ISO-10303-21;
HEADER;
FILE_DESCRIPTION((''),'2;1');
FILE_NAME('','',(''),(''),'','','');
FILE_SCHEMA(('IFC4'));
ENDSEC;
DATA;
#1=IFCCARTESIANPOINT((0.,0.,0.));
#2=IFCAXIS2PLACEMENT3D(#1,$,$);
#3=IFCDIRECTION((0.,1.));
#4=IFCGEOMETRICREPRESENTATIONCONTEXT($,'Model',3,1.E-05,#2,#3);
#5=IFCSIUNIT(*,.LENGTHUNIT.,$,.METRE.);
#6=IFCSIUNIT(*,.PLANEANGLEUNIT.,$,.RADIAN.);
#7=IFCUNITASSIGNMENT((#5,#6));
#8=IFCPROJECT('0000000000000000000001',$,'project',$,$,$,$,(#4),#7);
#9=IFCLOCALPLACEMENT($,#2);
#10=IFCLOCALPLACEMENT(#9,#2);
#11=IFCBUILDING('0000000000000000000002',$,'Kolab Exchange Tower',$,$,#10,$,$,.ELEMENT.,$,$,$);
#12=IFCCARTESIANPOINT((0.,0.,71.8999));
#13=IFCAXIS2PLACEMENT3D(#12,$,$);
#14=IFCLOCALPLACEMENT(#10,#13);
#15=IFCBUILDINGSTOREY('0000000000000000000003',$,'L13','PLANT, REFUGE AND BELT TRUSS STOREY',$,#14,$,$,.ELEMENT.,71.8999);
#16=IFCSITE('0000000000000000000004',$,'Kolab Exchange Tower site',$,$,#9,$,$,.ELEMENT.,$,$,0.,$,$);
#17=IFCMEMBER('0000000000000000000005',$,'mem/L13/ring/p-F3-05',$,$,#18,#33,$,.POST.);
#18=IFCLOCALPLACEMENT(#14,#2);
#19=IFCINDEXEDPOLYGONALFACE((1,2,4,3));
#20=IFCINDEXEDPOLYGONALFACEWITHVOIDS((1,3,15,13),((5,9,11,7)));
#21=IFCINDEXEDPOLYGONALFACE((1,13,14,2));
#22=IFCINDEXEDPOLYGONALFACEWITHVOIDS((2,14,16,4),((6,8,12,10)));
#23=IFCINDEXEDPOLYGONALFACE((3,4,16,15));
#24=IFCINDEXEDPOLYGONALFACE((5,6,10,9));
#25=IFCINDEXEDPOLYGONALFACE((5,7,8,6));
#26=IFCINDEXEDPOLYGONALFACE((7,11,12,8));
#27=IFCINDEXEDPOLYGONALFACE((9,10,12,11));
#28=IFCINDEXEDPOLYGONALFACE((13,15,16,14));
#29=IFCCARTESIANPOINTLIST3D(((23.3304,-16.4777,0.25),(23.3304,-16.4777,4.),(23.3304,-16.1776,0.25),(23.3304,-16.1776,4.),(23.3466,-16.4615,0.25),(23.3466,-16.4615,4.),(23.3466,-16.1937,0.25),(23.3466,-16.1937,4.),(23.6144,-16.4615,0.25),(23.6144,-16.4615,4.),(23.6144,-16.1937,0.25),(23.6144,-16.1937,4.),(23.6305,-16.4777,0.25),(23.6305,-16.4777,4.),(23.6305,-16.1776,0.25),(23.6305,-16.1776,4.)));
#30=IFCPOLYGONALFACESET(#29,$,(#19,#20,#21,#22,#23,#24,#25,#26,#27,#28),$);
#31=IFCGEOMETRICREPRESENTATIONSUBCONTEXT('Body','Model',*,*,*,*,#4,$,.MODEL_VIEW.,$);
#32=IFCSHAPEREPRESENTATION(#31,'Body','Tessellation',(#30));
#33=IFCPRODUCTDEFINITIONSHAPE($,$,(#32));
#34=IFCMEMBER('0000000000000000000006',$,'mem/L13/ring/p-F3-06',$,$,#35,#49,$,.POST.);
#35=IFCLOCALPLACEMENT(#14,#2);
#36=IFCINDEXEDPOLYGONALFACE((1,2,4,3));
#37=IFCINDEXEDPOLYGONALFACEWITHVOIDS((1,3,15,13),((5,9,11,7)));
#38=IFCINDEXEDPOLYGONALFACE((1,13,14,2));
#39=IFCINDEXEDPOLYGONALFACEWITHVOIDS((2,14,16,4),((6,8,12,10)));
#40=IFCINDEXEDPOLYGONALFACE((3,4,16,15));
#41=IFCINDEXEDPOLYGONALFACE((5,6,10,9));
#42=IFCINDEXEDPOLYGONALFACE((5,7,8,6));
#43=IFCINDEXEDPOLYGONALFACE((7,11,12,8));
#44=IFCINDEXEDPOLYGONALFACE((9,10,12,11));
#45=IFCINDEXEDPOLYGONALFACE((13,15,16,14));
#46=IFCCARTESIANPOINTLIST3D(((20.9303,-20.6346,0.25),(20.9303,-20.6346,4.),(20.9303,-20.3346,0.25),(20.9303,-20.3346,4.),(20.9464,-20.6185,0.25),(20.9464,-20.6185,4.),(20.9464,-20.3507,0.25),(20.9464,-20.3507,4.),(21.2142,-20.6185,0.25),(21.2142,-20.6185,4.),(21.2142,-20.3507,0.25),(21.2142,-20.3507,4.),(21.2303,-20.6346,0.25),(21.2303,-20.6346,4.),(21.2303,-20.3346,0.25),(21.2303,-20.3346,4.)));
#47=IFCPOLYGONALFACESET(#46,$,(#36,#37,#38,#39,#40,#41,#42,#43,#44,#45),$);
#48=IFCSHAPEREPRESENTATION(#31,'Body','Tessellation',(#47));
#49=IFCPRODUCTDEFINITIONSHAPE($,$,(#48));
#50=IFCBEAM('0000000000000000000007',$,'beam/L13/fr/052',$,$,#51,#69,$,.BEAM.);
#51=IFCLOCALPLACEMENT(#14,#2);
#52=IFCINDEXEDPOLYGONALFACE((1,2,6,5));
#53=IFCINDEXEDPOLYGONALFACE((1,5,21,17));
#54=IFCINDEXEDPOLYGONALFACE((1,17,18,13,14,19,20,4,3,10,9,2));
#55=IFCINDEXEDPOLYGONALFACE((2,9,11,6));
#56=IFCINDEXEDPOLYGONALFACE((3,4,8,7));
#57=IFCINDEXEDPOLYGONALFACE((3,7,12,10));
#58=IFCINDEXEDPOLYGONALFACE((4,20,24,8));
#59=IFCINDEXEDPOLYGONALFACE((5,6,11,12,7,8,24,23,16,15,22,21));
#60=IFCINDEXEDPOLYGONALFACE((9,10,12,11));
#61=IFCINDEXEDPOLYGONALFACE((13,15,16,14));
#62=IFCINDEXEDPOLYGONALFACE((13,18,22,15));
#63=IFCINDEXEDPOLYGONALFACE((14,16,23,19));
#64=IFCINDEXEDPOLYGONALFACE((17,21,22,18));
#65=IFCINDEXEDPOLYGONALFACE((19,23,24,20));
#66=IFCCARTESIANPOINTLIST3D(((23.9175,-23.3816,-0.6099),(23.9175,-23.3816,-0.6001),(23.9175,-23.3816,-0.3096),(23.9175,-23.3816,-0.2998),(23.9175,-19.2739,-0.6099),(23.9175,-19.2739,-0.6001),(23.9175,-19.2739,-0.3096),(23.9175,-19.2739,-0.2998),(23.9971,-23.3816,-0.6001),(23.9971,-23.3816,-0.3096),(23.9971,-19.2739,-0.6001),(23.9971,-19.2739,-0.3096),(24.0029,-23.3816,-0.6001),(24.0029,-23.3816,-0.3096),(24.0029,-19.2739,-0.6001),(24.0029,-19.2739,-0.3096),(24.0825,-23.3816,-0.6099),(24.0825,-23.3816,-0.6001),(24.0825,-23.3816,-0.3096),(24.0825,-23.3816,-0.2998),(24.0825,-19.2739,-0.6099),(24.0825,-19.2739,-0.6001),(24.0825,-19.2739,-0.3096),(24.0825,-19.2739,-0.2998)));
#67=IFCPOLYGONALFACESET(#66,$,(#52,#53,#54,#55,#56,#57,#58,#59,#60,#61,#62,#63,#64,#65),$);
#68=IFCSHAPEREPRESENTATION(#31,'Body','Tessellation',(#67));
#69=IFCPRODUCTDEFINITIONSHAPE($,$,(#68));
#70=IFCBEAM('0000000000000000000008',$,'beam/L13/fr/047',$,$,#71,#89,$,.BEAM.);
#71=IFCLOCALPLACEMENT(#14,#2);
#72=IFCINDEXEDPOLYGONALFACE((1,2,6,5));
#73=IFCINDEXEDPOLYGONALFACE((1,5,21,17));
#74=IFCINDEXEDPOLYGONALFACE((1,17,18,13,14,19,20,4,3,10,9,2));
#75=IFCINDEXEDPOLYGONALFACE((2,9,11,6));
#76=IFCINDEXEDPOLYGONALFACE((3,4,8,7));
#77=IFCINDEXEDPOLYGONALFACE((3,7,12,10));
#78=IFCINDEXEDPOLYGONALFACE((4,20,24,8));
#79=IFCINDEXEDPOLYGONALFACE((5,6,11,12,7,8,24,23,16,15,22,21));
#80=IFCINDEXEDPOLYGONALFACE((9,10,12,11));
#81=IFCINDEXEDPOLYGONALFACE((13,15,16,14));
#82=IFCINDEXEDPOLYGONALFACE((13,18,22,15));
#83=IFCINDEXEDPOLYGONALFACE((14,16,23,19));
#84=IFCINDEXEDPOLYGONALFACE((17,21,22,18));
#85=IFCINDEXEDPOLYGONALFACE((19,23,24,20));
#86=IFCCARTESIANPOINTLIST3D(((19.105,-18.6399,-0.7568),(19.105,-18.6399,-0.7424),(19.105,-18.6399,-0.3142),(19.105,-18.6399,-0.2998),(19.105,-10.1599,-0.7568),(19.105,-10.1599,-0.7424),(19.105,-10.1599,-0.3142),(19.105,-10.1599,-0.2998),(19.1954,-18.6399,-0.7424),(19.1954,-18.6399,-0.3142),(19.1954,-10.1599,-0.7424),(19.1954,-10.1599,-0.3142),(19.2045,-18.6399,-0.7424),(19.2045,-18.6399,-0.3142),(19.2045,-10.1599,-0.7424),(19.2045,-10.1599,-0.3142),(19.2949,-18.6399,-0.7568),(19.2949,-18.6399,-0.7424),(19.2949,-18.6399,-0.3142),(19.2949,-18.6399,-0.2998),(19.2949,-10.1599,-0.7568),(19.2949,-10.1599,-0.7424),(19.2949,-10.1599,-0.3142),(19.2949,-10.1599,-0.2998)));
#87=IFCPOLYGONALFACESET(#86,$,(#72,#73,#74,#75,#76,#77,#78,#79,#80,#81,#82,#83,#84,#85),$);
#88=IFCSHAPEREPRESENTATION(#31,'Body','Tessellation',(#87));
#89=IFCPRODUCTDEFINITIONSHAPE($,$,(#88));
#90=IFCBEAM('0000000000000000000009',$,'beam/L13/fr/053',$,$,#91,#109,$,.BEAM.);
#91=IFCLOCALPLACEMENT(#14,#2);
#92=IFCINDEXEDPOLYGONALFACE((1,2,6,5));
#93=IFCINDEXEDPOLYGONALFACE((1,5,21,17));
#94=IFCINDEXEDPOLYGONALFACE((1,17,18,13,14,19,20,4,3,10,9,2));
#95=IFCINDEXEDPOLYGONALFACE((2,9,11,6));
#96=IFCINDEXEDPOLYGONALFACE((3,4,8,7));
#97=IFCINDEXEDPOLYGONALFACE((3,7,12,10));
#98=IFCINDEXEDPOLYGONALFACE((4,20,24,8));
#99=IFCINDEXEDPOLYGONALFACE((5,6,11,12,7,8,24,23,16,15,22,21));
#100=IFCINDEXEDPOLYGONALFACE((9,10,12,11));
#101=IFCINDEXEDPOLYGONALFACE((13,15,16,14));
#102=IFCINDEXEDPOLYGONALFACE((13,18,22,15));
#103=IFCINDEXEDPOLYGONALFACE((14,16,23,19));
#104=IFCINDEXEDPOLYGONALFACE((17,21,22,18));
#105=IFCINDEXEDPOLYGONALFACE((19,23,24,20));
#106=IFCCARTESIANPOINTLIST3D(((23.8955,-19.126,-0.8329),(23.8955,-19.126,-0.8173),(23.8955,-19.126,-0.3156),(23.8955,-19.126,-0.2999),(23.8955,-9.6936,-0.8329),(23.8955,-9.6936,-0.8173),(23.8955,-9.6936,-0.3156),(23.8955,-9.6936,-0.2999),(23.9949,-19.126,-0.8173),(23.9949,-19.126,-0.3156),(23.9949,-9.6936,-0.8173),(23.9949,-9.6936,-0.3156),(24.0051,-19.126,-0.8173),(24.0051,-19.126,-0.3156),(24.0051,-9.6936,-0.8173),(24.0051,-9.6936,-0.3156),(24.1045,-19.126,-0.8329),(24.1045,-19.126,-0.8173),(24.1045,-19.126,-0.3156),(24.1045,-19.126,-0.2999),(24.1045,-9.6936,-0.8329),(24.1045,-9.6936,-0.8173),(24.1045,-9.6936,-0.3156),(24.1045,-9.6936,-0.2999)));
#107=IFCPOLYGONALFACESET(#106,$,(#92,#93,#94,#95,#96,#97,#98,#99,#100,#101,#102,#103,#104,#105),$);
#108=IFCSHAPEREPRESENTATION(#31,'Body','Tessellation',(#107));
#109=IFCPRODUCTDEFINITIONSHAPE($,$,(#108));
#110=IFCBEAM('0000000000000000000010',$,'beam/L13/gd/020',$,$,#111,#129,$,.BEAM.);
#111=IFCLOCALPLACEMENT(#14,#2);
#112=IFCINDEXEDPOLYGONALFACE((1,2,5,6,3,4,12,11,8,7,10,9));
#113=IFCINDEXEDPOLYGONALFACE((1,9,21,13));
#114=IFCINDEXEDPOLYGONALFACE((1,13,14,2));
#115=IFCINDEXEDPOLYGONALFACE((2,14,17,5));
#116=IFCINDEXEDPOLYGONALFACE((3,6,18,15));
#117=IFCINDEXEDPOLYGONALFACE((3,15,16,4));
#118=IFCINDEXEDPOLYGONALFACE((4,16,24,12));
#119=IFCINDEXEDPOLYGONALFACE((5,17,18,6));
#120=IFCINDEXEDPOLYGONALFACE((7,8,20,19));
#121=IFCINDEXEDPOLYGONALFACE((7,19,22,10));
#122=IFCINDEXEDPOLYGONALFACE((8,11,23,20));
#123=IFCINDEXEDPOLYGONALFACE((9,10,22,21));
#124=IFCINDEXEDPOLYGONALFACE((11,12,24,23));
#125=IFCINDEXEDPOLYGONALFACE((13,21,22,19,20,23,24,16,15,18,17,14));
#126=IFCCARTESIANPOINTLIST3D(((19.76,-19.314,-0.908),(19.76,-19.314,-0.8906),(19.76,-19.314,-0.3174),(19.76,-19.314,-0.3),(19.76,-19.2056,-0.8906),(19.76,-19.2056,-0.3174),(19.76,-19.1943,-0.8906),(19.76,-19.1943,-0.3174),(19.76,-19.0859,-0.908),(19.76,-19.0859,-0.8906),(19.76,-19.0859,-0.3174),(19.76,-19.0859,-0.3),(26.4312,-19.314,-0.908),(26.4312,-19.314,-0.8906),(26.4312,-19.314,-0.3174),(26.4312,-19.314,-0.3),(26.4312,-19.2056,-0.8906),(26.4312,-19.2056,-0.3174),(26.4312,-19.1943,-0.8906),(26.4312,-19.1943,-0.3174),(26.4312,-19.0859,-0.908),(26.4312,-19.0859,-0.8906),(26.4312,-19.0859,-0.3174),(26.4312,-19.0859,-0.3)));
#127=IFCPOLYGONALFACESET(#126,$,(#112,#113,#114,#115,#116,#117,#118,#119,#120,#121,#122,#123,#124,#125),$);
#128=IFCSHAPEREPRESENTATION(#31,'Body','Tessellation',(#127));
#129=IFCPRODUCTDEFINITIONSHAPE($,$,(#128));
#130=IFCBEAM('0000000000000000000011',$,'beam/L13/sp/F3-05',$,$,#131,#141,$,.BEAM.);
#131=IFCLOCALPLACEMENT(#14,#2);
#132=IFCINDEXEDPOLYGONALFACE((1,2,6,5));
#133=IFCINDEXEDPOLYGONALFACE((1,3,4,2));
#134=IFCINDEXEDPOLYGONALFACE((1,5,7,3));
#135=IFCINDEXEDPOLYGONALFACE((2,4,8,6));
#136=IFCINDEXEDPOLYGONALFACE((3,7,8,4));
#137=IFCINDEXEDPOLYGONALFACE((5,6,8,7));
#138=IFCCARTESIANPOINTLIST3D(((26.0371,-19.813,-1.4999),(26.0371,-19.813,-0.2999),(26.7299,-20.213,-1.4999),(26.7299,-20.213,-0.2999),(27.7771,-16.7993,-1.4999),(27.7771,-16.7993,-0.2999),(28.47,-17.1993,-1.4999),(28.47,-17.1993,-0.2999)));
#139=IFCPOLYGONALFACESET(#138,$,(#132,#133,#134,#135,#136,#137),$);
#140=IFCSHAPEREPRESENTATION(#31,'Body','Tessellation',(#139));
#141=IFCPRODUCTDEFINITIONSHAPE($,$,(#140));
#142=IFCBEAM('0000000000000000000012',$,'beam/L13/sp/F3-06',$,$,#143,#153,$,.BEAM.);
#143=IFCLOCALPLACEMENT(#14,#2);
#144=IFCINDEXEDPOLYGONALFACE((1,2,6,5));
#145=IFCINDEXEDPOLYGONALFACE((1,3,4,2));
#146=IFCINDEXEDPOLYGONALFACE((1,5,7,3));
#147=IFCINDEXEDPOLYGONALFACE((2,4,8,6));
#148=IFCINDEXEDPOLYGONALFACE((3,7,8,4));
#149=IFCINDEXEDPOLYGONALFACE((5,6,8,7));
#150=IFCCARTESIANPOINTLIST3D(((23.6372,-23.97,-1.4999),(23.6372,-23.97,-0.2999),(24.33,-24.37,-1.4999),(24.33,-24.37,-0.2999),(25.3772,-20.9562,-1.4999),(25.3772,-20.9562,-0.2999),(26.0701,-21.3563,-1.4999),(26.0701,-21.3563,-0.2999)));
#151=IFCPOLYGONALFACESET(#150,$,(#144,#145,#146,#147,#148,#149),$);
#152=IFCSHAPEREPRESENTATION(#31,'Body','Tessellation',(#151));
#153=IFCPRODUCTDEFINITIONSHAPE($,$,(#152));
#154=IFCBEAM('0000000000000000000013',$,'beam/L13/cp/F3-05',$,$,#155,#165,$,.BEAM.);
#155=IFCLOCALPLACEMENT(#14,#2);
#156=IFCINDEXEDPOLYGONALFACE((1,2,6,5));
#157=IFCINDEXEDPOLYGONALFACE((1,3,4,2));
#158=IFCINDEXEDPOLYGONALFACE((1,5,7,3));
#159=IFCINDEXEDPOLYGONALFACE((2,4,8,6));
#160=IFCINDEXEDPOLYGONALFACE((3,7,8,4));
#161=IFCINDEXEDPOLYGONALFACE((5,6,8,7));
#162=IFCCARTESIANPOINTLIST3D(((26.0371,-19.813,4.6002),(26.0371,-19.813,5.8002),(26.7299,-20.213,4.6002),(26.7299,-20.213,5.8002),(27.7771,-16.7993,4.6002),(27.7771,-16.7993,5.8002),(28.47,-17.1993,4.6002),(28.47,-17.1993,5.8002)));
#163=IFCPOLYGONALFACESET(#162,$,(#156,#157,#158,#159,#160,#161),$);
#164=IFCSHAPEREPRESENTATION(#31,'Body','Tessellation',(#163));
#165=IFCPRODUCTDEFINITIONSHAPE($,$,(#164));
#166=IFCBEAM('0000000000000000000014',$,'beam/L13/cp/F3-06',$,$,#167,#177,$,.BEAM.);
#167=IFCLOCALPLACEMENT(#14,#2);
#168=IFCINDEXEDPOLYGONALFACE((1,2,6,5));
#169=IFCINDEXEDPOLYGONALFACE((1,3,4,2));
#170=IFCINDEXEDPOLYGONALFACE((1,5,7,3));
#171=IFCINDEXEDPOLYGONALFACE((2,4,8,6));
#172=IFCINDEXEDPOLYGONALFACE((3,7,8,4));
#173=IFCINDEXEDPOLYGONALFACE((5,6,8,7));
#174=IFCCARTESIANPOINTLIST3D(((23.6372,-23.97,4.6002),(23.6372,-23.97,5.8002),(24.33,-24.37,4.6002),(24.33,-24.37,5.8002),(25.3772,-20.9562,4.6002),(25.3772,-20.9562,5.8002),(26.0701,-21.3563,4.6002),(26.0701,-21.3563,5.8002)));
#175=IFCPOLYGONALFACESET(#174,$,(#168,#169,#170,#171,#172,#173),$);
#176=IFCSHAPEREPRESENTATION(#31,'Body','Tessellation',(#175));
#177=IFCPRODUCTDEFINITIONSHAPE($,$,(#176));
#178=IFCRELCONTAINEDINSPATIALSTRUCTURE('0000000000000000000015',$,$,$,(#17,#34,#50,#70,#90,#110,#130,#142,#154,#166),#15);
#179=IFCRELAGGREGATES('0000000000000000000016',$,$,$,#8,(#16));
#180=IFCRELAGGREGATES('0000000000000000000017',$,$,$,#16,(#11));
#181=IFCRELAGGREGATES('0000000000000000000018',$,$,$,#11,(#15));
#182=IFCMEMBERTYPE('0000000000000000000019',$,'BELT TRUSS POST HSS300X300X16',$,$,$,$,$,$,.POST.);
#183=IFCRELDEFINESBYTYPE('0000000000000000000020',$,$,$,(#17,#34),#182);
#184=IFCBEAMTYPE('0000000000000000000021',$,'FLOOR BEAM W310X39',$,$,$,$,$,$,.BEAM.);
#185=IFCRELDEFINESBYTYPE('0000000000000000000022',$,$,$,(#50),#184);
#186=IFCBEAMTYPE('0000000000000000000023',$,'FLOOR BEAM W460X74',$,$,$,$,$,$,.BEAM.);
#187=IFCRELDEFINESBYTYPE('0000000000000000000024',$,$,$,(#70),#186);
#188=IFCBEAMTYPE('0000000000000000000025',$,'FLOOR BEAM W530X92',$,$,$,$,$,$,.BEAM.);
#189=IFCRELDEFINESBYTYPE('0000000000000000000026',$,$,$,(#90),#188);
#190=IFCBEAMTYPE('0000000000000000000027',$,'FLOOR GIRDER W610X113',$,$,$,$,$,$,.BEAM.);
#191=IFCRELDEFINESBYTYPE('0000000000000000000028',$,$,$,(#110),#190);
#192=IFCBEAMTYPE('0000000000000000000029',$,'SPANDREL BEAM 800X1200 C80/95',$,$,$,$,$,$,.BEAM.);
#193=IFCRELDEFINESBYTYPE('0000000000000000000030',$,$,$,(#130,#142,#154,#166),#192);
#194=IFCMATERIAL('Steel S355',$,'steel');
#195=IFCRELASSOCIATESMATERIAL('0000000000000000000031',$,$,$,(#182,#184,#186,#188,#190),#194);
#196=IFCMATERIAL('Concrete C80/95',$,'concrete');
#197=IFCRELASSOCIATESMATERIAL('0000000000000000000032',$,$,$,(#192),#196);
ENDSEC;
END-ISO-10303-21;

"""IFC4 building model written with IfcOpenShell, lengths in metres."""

from ifc_helpers import new_model, si_unit, direction, frame, origin, origin_2d, place, context, subcontext, project, spatial, rectangle, hollow_rectangle, i_section, extrude, material, material_profile, profile_set, type_object, element, save


model = new_model("IFC4")

# Units and contexts
model_context = context("Model", 3, precision=1e-05, world=origin(), true_north=direction((0.0, 1.0)))
body_context = subcontext(model_context, "Body", "Model", "MODEL_VIEW")
ifc_project = project(units=[si_unit("LENGTHUNIT", "METRE"), si_unit("PLANEANGLEUNIT", "RADIAN")], contexts=[model_context])

# Site, building, storey
site_placement = place(None, origin())
site = spatial("IfcSite", under=ifc_project, at=site_placement, Name="Kolab Exchange Tower site", CompositionType="ELEMENT", RefElevation=0.0)
building_placement = place(site_placement, origin())
building = spatial("IfcBuilding", under=site, at=building_placement, Name="Kolab Exchange Tower", CompositionType="ELEMENT")
storey_placement = place(building_placement, frame((0.0, 0.0, 71.8999)))
storey = spatial("IfcBuildingStorey", under=building, at=storey_placement, Name="L13", Description="PLANT, REFUGE AND BELT TRUSS STOREY", CompositionType="ELEMENT", Elevation=71.8999)

# Shared definitions
ifc_material_1 = material(Name="Concrete C80/95", Category="concrete")

# Shared definitions
ifc_material_2 = material(Name="Steel S355", Category="steel")

# Members
ifc_material_profile_1 = material_profile(ifc_material_2, hollow_rectangle(XDim=0.3, YDim=0.3, WallThickness=0.0161, at=origin_2d()), Name="HSS300X300X16")
ifc_profile_set_1 = profile_set([ifc_material_profile_1], Name="Steel S355")
member_type_1 = type_object("IfcMemberType", Name="BELT TRUSS POST HSS300X300X16", PredefinedType="POST", material=ifc_profile_set_1)
for number, where, z_axis, x_axis, name in (
    (1, (23.4805, -16.3276, 0.25), (0.0, 0.0, 1.0), (1.0, 0.0, 0.0), "mem/L13/ring/p-F3-05"),
    (2, (21.0803, -20.4846, 0.25), (0.0, 0.0, 1.0), (1.0, 0.0, 0.0), "mem/L13/ring/p-F3-06"),
):
    element("IfcMember", number, at=place(storey_placement, frame(where, z_axis=z_axis, x_axis=x_axis)), inside=storey, type_object=member_type_1, Name=name, PredefinedType="POST", context=body_context, shape_type="SweptSolid", body=[
        extrude(hollow_rectangle(XDim=0.3, YDim=0.3, WallThickness=0.0161, at=origin_2d()), origin(), (0.0, 0.0, 1.0), 3.75),
    ])

# Beams
ifc_material_profile_2 = material_profile(ifc_material_2, i_section(OverallWidth=0.165, OverallDepth=0.3101, WebThickness=0.0059, FlangeThickness=0.0098, at=origin_2d()), Name="W310X39")
ifc_profile_set_2 = profile_set([ifc_material_profile_2], Name="Steel S355")
beam_type_1 = type_object("IfcBeamType", Name="FLOOR BEAM W310X39", PredefinedType="BEAM", material=ifc_profile_set_2)
beam_1_placement = place(storey_placement, frame((24.0, -23.3816, -0.4548), z_axis=(0.0, 1.0, 0.0), x_axis=(-1.0, 0.0, 0.0)))
element("IfcBeam", 3, at=beam_1_placement, inside=storey, type_object=beam_type_1, Name="beam/L13/fr/052", PredefinedType="BEAM", context=body_context, shape_type="SweptSolid", body=[
    extrude(i_section(OverallWidth=0.165, OverallDepth=0.3101, WebThickness=0.0059, FlangeThickness=0.0098, at=origin_2d()), origin(), (0.0, 0.0, 1.0), 4.1077),
])
ifc_material_profile_3 = material_profile(ifc_material_2, i_section(OverallWidth=0.1899, OverallDepth=0.457, WebThickness=0.009, FlangeThickness=0.0144, at=origin_2d()), Name="W460X74")
ifc_profile_set_3 = profile_set([ifc_material_profile_3], Name="Steel S355")
beam_type_2 = type_object("IfcBeamType", Name="FLOOR BEAM W460X74", PredefinedType="BEAM", material=ifc_profile_set_3)
beam_2_placement = place(storey_placement, frame((19.2, -18.6399, -0.5283), z_axis=(0.0, 1.0, 0.0), x_axis=(-1.0, 0.0, 0.0)))
element("IfcBeam", 4, at=beam_2_placement, inside=storey, type_object=beam_type_2, Name="beam/L13/fr/047", PredefinedType="BEAM", context=body_context, shape_type="SweptSolid", body=[
    extrude(i_section(OverallWidth=0.1899, OverallDepth=0.457, WebThickness=0.009, FlangeThickness=0.0144, at=origin_2d()), origin(), (0.0, 0.0, 1.0), 8.48),
])
ifc_material_profile_4 = material_profile(ifc_material_2, i_section(OverallWidth=0.209, OverallDepth=0.533, WebThickness=0.0103, FlangeThickness=0.0156, at=origin_2d()), Name="W530X92")
ifc_profile_set_4 = profile_set([ifc_material_profile_4], Name="Steel S355")
beam_type_3 = type_object("IfcBeamType", Name="FLOOR BEAM W530X92", PredefinedType="BEAM", material=ifc_profile_set_4)
beam_3_placement = place(storey_placement, frame((24.0, -19.126, -0.5664), z_axis=(0.0, 1.0, 0.0), x_axis=(-1.0, 0.0, 0.0)))
element("IfcBeam", 5, at=beam_3_placement, inside=storey, type_object=beam_type_3, Name="beam/L13/fr/053", PredefinedType="BEAM", context=body_context, shape_type="SweptSolid", body=[
    extrude(i_section(OverallWidth=0.209, OverallDepth=0.533, WebThickness=0.0103, FlangeThickness=0.0156, at=origin_2d()), origin(), (0.0, 0.0, 1.0), 9.4324),
])
ifc_material_profile_5 = material_profile(ifc_material_2, i_section(OverallWidth=0.228, OverallDepth=0.6079, WebThickness=0.0112, FlangeThickness=0.0173, at=origin_2d()), Name="W610X113")
ifc_profile_set_5 = profile_set([ifc_material_profile_5], Name="Steel S355")
beam_type_4 = type_object("IfcBeamType", Name="FLOOR GIRDER W610X113", PredefinedType="BEAM", material=ifc_profile_set_5)
beam_4_placement = place(storey_placement, frame((19.76, -19.2, -0.604), z_axis=(1.0, 0.0, 0.0), x_axis=(0.0, 1.0, 0.0)))
element("IfcBeam", 6, at=beam_4_placement, inside=storey, type_object=beam_type_4, Name="beam/L13/gd/020", PredefinedType="BEAM", context=body_context, shape_type="SweptSolid", body=[
    extrude(i_section(OverallWidth=0.228, OverallDepth=0.6079, WebThickness=0.0112, FlangeThickness=0.0173, at=origin_2d()), origin(), (0.0, 0.0, 1.0), 6.6711),
])
ifc_material_profile_6 = material_profile(ifc_material_1, rectangle(XDim=0.8, YDim=1.2, at=origin_2d()), Name="RC800X1200")
ifc_profile_set_6 = profile_set([ifc_material_profile_6], Name="Concrete C80/95")
beam_type_5 = type_object("IfcBeamType", Name="SPANDREL BEAM 800X1200 C80/95", PredefinedType="BEAM", material=ifc_profile_set_6)
for number, where, z_axis, x_axis, name in (
    (7, (28.1235, -16.9993, -0.8999), (-0.50001, -0.86602, 0.0), (0.86602, -0.50001, 0.0), "beam/L13/sp/F3-05"),
    (8, (25.7236, -21.1562, -0.8999), (-0.50001, -0.86602, 0.0), (0.86602, -0.50001, 0.0), "beam/L13/sp/F3-06"),
    (9, (28.1235, -16.9993, 5.2002), (-0.50001, -0.86602, 0.0), (0.86602, -0.50001, 0.0), "beam/L13/cp/F3-05"),
    (10, (25.7236, -21.1562, 5.2002), (-0.50001, -0.86602, 0.0), (0.86602, -0.50001, 0.0), "beam/L13/cp/F3-06"),
):
    element("IfcBeam", number, at=place(storey_placement, frame(where, z_axis=z_axis, x_axis=x_axis)), inside=storey, type_object=beam_type_5, Name=name, PredefinedType="BEAM", context=body_context, shape_type="SweptSolid", body=[
        extrude(rectangle(XDim=0.8, YDim=1.2, at=origin_2d()), origin(), (0.0, 0.0, 1.0), 3.48),
    ])

save(model, "model.ifc")
